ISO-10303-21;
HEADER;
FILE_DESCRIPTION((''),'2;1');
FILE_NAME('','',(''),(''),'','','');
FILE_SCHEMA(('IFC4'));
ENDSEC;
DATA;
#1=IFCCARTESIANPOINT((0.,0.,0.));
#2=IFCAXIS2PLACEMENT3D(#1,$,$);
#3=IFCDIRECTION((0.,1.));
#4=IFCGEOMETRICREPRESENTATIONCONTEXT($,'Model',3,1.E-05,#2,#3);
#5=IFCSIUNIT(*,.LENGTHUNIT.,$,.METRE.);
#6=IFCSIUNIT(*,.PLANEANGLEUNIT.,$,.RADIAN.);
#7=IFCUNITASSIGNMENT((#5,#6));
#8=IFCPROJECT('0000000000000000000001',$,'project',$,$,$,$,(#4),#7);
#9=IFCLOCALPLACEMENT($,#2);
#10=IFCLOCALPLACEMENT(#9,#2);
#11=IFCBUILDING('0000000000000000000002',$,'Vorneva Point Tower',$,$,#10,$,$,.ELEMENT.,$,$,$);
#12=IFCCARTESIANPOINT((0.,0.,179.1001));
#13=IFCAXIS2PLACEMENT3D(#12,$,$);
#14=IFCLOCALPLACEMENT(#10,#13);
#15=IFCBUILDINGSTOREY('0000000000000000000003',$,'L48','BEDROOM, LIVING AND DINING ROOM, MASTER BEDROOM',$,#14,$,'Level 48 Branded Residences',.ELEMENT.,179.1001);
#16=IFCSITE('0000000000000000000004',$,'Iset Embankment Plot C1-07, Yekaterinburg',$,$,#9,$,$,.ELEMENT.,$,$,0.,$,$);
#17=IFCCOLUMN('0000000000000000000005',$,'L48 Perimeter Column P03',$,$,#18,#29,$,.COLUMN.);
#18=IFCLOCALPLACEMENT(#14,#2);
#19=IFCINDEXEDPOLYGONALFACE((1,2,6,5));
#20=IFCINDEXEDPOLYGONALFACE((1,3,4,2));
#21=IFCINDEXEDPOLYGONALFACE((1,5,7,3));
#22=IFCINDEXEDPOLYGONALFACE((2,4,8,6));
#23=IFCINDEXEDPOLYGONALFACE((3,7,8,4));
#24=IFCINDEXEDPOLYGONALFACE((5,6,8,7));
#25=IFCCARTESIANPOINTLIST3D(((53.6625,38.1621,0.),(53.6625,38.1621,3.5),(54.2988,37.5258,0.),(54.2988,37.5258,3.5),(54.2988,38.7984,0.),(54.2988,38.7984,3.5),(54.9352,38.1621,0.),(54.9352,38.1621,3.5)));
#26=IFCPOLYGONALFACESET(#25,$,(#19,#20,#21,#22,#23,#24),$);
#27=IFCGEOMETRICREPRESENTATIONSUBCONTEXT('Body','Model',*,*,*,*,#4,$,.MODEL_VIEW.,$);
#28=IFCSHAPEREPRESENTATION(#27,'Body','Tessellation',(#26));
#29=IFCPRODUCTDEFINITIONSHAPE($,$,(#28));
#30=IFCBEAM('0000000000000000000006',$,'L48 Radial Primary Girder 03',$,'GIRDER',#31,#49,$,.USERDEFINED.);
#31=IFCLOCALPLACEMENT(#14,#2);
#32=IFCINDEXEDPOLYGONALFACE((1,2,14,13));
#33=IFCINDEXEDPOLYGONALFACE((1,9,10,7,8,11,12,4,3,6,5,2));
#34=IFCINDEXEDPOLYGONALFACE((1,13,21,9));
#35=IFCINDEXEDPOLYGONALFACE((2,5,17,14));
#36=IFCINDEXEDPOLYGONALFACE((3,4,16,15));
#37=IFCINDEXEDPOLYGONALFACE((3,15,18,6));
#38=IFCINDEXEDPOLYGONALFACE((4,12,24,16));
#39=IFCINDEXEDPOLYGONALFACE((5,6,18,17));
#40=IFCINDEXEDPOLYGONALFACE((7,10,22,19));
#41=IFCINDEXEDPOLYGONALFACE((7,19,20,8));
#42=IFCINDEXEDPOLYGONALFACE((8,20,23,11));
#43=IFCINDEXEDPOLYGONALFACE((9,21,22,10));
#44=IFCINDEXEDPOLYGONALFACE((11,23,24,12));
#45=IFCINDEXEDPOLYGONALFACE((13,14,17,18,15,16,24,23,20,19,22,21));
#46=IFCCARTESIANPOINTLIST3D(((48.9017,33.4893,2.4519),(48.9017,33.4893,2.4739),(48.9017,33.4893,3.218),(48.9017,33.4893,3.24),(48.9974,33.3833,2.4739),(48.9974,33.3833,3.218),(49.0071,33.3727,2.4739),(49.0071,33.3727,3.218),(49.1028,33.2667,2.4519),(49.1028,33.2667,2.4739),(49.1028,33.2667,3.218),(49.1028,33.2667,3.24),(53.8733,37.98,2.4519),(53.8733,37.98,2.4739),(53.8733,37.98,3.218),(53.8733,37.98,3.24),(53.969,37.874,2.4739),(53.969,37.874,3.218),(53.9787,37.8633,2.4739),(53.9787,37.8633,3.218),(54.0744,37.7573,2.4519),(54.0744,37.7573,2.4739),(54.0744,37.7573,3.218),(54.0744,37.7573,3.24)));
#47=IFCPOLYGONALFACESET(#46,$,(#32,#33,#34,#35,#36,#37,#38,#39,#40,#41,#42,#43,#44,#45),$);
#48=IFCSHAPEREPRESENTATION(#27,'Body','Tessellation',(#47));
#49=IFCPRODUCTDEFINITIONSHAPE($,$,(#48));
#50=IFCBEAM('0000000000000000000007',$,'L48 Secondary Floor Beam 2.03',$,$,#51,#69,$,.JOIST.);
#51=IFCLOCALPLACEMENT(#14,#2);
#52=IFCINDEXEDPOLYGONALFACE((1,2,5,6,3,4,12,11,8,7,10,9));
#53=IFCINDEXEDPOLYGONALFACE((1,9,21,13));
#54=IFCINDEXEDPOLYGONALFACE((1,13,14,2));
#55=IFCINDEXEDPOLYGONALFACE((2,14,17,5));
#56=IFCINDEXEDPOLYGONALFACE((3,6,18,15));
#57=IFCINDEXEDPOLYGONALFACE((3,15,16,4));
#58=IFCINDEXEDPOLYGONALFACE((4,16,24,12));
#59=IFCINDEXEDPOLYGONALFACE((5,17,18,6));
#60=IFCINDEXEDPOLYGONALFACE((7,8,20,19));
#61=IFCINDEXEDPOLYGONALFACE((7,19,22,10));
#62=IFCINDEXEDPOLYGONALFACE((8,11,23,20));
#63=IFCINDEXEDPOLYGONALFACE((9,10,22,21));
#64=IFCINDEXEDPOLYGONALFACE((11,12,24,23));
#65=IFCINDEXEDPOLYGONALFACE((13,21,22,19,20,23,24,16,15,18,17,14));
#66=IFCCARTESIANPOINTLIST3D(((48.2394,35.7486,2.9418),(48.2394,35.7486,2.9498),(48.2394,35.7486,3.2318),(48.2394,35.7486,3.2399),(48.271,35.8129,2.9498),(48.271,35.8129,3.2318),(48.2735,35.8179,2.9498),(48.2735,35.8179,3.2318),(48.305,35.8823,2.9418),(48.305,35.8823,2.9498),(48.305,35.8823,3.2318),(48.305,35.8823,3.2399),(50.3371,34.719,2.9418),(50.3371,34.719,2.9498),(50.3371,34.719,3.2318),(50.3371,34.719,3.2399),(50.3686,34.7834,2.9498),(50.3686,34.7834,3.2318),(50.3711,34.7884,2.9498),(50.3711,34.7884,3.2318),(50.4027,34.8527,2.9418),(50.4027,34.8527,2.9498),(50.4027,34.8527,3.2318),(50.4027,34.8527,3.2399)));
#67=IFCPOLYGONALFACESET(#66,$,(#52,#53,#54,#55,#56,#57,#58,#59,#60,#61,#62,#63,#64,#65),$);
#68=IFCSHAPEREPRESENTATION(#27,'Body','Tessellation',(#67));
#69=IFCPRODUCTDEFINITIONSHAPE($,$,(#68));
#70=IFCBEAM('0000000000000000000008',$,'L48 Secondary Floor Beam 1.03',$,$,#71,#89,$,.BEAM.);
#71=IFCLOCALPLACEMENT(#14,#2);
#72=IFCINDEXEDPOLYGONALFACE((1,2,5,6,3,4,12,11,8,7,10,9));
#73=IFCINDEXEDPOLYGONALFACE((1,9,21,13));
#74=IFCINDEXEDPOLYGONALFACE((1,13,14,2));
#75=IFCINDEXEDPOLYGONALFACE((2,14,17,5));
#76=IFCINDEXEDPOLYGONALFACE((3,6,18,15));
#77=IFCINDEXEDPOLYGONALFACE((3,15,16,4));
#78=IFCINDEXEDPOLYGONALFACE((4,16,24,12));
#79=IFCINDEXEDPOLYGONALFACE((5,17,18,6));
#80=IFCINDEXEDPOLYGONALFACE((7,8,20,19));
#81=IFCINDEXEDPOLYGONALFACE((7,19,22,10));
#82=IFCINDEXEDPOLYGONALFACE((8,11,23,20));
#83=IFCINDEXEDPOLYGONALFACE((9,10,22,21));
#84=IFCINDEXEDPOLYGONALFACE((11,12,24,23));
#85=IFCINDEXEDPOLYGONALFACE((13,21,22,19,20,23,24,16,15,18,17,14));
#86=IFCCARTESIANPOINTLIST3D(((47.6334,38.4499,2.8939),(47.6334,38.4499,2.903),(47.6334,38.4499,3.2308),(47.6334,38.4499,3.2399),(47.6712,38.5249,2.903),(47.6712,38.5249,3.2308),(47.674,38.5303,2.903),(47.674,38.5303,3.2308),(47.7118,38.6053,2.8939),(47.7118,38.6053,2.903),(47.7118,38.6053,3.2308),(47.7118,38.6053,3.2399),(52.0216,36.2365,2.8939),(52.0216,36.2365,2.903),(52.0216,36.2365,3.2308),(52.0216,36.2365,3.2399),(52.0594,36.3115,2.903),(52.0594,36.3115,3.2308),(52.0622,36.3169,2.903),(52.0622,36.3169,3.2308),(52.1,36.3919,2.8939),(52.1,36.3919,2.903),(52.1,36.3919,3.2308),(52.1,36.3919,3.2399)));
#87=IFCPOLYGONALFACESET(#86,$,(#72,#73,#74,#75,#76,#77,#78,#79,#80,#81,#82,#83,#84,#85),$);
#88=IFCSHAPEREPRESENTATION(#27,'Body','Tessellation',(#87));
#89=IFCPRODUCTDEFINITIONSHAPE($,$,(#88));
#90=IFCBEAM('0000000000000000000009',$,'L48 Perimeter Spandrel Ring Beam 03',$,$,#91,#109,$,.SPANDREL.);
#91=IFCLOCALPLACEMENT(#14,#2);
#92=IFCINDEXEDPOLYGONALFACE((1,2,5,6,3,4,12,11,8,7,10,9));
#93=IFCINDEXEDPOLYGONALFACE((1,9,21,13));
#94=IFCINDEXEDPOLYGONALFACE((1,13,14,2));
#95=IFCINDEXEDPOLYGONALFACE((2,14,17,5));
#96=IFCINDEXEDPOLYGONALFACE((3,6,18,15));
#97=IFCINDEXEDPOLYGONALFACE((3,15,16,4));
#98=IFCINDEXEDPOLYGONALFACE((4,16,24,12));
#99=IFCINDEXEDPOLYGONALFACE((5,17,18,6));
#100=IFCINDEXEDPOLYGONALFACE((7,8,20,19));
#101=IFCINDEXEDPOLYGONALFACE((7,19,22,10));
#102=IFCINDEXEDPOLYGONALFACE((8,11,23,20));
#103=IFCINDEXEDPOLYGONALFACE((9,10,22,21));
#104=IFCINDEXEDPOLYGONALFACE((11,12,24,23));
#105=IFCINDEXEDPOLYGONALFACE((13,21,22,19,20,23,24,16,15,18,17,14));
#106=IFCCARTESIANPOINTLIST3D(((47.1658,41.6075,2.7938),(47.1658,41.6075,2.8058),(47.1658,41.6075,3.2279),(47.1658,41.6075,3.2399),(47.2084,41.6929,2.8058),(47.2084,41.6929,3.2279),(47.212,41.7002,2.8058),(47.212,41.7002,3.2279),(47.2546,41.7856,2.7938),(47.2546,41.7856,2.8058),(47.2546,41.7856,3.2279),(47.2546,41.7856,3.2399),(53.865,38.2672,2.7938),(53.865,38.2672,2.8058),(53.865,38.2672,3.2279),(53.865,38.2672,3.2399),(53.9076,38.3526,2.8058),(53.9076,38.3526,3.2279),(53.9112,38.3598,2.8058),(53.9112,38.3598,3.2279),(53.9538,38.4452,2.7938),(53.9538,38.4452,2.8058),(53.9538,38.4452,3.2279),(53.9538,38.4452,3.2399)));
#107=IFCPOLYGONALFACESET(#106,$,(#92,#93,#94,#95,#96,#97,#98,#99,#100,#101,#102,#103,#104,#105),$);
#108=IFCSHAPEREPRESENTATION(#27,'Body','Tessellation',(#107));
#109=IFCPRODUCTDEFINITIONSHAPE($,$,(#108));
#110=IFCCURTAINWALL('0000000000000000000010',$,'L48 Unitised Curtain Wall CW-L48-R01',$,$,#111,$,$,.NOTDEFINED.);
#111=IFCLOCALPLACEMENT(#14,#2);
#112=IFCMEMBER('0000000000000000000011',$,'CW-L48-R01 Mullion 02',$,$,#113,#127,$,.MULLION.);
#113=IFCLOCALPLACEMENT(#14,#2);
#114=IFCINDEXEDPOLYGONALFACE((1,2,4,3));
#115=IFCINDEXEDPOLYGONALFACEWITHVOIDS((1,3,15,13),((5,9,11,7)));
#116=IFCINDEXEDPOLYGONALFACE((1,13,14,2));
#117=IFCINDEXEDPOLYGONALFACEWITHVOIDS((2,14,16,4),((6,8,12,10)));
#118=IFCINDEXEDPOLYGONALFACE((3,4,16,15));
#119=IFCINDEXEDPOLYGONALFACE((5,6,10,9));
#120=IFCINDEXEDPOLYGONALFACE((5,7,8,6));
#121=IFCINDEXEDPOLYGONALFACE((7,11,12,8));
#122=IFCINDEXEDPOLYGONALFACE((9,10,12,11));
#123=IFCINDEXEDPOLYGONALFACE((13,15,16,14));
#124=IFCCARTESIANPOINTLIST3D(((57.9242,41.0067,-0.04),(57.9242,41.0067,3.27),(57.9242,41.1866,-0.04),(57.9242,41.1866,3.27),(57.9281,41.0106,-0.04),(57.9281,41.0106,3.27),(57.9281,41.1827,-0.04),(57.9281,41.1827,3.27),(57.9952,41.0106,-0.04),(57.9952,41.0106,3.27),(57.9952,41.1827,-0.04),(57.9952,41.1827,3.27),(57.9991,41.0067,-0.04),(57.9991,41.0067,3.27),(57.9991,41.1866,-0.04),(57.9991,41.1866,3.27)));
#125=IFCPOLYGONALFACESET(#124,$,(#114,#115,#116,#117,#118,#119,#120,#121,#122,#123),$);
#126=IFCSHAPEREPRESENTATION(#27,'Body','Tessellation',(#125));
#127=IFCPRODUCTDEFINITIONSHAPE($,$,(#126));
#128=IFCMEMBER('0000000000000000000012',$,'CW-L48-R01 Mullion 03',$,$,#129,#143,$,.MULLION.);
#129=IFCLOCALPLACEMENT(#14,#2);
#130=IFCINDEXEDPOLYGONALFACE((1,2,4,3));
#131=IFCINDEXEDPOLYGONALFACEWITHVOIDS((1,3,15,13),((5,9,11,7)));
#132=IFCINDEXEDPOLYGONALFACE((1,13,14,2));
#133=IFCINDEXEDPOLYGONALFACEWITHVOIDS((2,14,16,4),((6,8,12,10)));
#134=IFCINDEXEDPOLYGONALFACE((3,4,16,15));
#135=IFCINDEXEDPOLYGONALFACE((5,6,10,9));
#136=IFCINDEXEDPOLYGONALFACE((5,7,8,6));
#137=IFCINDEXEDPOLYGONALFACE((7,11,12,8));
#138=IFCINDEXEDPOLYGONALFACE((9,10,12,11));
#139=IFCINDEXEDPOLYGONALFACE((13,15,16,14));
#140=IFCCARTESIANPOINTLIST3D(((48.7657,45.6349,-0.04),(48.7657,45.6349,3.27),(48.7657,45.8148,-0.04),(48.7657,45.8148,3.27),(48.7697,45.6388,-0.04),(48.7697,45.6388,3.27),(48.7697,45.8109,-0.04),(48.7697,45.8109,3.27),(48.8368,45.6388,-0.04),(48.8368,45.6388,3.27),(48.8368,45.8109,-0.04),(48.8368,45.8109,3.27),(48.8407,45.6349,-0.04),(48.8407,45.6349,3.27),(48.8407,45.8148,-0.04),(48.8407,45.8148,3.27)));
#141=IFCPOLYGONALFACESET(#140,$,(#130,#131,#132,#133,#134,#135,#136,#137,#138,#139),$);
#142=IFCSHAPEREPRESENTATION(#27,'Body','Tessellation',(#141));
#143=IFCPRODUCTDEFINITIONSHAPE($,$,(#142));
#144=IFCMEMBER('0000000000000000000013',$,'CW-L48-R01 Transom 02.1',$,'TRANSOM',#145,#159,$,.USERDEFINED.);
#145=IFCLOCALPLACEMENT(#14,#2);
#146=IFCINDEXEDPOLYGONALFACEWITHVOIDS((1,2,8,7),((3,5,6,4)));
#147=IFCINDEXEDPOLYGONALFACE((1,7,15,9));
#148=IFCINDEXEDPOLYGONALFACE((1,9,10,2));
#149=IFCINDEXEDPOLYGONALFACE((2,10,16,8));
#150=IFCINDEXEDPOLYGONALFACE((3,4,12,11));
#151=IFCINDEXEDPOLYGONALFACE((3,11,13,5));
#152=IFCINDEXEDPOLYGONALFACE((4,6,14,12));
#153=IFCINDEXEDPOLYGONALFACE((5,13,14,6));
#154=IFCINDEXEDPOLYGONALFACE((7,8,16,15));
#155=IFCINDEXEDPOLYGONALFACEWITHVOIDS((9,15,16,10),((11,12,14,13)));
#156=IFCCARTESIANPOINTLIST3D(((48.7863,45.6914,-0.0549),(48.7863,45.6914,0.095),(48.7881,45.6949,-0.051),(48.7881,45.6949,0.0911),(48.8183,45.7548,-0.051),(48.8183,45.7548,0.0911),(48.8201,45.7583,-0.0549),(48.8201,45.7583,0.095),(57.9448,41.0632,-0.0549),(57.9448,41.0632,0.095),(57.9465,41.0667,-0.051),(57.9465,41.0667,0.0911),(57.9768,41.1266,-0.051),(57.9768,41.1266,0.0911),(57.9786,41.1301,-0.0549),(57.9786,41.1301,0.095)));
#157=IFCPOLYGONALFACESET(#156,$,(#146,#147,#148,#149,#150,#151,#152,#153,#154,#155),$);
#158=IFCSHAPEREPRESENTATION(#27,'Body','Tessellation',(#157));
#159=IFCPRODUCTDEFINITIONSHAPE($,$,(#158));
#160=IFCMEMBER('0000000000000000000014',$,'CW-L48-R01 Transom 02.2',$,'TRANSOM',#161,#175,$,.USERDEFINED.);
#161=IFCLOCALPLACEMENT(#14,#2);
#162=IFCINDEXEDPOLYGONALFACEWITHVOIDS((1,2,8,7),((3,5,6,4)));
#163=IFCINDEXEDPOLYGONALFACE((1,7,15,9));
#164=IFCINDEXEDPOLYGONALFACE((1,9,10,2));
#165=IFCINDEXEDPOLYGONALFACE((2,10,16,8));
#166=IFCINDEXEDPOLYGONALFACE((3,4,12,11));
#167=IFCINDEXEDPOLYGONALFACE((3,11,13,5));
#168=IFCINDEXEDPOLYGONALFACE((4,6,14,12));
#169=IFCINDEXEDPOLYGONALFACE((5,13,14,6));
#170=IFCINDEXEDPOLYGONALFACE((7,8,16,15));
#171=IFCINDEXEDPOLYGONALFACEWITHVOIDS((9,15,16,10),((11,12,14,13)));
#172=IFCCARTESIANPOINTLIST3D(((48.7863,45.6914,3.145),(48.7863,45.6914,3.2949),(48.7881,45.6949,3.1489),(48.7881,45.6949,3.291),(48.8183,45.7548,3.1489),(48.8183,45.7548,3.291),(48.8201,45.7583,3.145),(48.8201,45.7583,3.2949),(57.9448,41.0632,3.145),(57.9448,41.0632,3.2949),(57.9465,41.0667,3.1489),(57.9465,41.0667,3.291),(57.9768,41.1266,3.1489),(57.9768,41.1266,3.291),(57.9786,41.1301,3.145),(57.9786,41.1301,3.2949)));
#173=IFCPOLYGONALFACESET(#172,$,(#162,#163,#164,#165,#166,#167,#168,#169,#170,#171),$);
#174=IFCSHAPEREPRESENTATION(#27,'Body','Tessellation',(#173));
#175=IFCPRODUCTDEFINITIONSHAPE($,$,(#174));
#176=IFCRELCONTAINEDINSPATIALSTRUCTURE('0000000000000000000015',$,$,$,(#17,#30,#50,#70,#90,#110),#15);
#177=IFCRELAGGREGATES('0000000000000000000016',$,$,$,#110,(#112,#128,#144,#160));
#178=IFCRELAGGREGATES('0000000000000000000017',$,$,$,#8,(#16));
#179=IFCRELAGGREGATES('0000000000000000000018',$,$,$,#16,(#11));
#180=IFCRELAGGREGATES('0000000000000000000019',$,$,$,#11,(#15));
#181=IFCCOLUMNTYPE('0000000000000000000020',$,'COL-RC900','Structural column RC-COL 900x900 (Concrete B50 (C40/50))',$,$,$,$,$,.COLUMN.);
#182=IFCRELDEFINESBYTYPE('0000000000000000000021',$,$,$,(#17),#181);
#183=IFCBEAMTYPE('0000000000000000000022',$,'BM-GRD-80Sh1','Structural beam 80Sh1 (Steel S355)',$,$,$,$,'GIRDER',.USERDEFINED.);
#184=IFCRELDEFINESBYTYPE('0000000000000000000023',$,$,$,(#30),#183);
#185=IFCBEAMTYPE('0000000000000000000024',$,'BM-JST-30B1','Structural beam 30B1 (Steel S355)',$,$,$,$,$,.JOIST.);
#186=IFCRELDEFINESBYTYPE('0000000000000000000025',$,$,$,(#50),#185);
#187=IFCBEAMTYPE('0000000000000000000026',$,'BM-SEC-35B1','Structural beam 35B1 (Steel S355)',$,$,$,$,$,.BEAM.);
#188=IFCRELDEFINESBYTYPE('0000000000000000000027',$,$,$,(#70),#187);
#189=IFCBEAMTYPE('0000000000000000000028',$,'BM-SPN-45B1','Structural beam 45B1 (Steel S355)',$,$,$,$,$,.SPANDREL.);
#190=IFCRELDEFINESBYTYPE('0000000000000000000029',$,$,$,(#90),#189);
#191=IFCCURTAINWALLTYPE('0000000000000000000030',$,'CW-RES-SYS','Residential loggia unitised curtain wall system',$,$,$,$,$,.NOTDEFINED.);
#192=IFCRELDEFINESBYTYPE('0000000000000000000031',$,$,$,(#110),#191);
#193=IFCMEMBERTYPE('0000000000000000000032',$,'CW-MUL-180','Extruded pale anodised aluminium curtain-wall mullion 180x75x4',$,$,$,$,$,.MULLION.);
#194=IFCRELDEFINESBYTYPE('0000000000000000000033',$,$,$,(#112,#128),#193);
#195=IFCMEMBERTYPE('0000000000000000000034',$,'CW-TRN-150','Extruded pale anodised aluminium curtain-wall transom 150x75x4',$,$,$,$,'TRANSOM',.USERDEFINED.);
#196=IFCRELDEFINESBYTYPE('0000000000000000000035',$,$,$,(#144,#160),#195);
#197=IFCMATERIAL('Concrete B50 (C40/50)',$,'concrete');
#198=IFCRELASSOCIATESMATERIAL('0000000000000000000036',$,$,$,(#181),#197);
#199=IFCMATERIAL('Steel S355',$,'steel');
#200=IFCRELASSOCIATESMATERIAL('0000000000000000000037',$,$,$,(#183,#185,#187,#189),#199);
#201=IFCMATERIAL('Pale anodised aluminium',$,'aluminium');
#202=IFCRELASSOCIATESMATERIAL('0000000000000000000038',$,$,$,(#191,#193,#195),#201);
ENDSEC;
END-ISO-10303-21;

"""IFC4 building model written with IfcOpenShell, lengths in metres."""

from ifc_helpers import new_model, si_unit, direction, frame, origin, origin_2d, place, context, subcontext, project, spatial, rectangle, hollow_rectangle, i_section, extrude, material, material_profile, profile_set, type_object, element, aggregate, save


model = new_model("IFC4")

# Units and contexts
model_context = context("Model", 3, precision=1e-05, world=origin(), true_north=direction((0.0, 1.0)))
body_context = subcontext(model_context, "Body", "Model", "MODEL_VIEW")
ifc_project = project(units=[si_unit("LENGTHUNIT", "METRE"), si_unit("PLANEANGLEUNIT", "RADIAN")], contexts=[model_context])

# Site, building, storey
site_placement = place(None, origin())
site = spatial("IfcSite", under=ifc_project, at=site_placement, Name="Iset Embankment Plot C1-07, Yekaterinburg", CompositionType="ELEMENT", RefElevation=0.0)
building_placement = place(site_placement, origin())
building = spatial("IfcBuilding", under=site, at=building_placement, Name="Vorneva Point Tower", CompositionType="ELEMENT")
storey_placement = place(building_placement, frame((0.0, 0.0, 179.1001)))
storey = spatial("IfcBuildingStorey", under=building, at=storey_placement, Name="L48", Description="BEDROOM, LIVING AND DINING ROOM, MASTER BEDROOM", LongName="Level 48 Branded Residences", CompositionType="ELEMENT", Elevation=179.1001)

# Column
ifc_material_1 = material(Name="Concrete B50 (C40/50)", Category="concrete")
ifc_material_profile_1 = material_profile(ifc_material_1, rectangle(XDim=0.8999, YDim=0.8999, at=origin_2d()), Name="RC-COL 900x900")
ifc_profile_set_1 = profile_set([ifc_material_profile_1], Name="Concrete B50 (C40/50)")
column_type = type_object("IfcColumnType", Name="COL-RC900", Description="Structural column RC-COL 900x900 (Concrete B50 (C40/50))", PredefinedType="COLUMN", material=ifc_profile_set_1)
column_placement = place(storey_placement, frame((54.2988, 38.1621, 0.0), z_axis=(0.0, 0.0, 1.0), x_axis=(0.707107, 0.707107, 0.0)))
element("IfcColumn", 1, at=column_placement, inside=storey, type_object=column_type, Name="L48 Perimeter Column P03", PredefinedType="COLUMN", context=body_context, shape_type="SweptSolid", body=[
    extrude(rectangle(XDim=0.8999, YDim=0.8999, at=origin_2d()), origin(), (0.0, 0.0, 1.0), 3.5),
])

# Beams
ifc_material_2 = material(Name="Steel S355", Category="steel")
ifc_material_profile_2 = material_profile(ifc_material_2, i_section(OverallWidth=0.3, OverallDepth=0.7881, WebThickness=0.0144, FlangeThickness=0.022, at=origin_2d()), Name="80Sh1")
ifc_profile_set_2 = profile_set([ifc_material_profile_2], Name="Steel S355")
beam_type_1 = type_object("IfcBeamType", Name="BM-GRD-80Sh1", Description="Structural beam 80Sh1 (Steel S355)", ElementType="GIRDER", PredefinedType="USERDEFINED", material=ifc_profile_set_2)
beam_1_placement = place(storey_placement, frame((53.9739, 37.8687, 2.8459), z_axis=(-0.74209, -0.670301, 0.0), x_axis=(0.670301, -0.74209, 0.0)))
element("IfcBeam", 2, at=beam_1_placement, inside=storey, type_object=beam_type_1, Name="L48 Radial Primary Girder 03", ObjectType="GIRDER", PredefinedType="USERDEFINED", context=body_context, shape_type="SweptSolid", body=[
    extrude(i_section(OverallWidth=0.3, OverallDepth=0.7881, WebThickness=0.0144, FlangeThickness=0.022, at=origin_2d()), origin(), (0.0, 0.0, 1.0), 6.6995),
])
ifc_material_profile_3 = material_profile(ifc_material_2, i_section(OverallWidth=0.1489, OverallDepth=0.2981, WebThickness=0.0056, FlangeThickness=0.0081, at=origin_2d()), Name="30B1")
ifc_profile_set_3 = profile_set([ifc_material_profile_3], Name="Steel S355")
beam_type_2 = type_object("IfcBeamType", Name="BM-JST-30B1", Description="Structural beam 30B1 (Steel S355)", PredefinedType="JOIST", material=ifc_profile_set_3)
beam_2_placement = place(storey_placement, frame((50.3699, 34.7859, 3.0908), z_axis=(-0.897704, 0.440598, 0.0), x_axis=(-0.440598, -0.897704, 0.0)))
element("IfcBeam", 3, at=beam_2_placement, inside=storey, type_object=beam_type_2, Name="L48 Secondary Floor Beam 2.03", PredefinedType="JOIST", context=body_context, shape_type="SweptSolid", body=[
    extrude(i_section(OverallWidth=0.1489, OverallDepth=0.2981, WebThickness=0.0056, FlangeThickness=0.0081, at=origin_2d()), origin(), (0.0, 0.0, 1.0), 2.3367),
])
ifc_material_profile_4 = material_profile(ifc_material_2, i_section(OverallWidth=0.1741, OverallDepth=0.3459, WebThickness=0.0061, FlangeThickness=0.009, at=origin_2d()), Name="35B1")
ifc_profile_set_4 = profile_set([ifc_material_profile_4], Name="Steel S355")
beam_type_3 = type_object("IfcBeamType", Name="BM-SEC-35B1", Description="Structural beam 35B1 (Steel S355)", PredefinedType="BEAM", material=ifc_profile_set_4)
beam_3_placement = place(storey_placement, frame((52.0608, 36.3142, 3.0669), z_axis=(-0.892852, 0.45035, 0.0), x_axis=(-0.45035, -0.892852, 0.0)))
element("IfcBeam", 4, at=beam_3_placement, inside=storey, type_object=beam_type_3, Name="L48 Secondary Floor Beam 1.03", PredefinedType="BEAM", context=body_context, shape_type="SweptSolid", body=[
    extrude(i_section(OverallWidth=0.1741, OverallDepth=0.3459, WebThickness=0.0061, FlangeThickness=0.009, at=origin_2d()), origin(), (0.0, 0.0, 1.0), 4.9148),
])
ifc_material_profile_5 = material_profile(ifc_material_2, i_section(OverallWidth=0.199, OverallDepth=0.446, WebThickness=0.0081, FlangeThickness=0.012, at=origin_2d()), Name="45B1")
ifc_profile_set_5 = profile_set([ifc_material_profile_5], Name="Steel S355")
beam_type_4 = type_object("IfcBeamType", Name="BM-SPN-45B1", Description="Structural beam 45B1 (Steel S355)", PredefinedType="SPANDREL", material=ifc_profile_set_5)
beam_4_placement = place(storey_placement, frame((53.9094, 38.3562, 3.0168), z_axis=(-0.894922, 0.446222, 0.0), x_axis=(-0.446222, -0.894922, 0.0)))
element("IfcBeam", 5, at=beam_4_placement, inside=storey, type_object=beam_type_4, Name="L48 Perimeter Spandrel Ring Beam 03", PredefinedType="SPANDREL", context=body_context, shape_type="SweptSolid", body=[
    extrude(i_section(OverallWidth=0.199, OverallDepth=0.446, WebThickness=0.0081, FlangeThickness=0.012, at=origin_2d()), origin(), (0.0, 0.0, 1.0), 7.4858),
])

# Curtain wall, members
ifc_material_3 = material(Name="Pale anodised aluminium", Category="aluminium")
curtain_wall_type = type_object("IfcCurtainWallType", Name="CW-RES-SYS", Description="Residential loggia unitised curtain wall system", PredefinedType="NOTDEFINED", material=ifc_material_3)
curtain_wall_placement = place(storey_placement, origin())
curtain_wall = element("IfcCurtainWall", 6, at=curtain_wall_placement, inside=storey, type_object=curtain_wall_type, Name="L48 Unitised Curtain Wall CW-L48-R01", PredefinedType="NOTDEFINED")
ifc_material_profile_6 = material_profile(ifc_material_3, hollow_rectangle(XDim=0.075, YDim=0.1799, WallThickness=0.0039, at=origin_2d()), Name="AL-MUL 180x75x4")
ifc_profile_set_6 = profile_set([ifc_material_profile_6], Name="Pale anodised aluminium")
member_type_1 = type_object("IfcMemberType", Name="CW-MUL-180", Description="Extruded pale anodised aluminium curtain-wall mullion 180x75x4", PredefinedType="MULLION", material=ifc_profile_set_6)
member_1_placement = place(storey_placement, frame((57.9617, 41.0967, -0.04), z_axis=(0.0, 0.0, 1.0), x_axis=(1.0, 0.0, 0.0)))
member_1 = element("IfcMember", 7, at=member_1_placement, type_object=member_type_1, Name="CW-L48-R01 Mullion 02", PredefinedType="MULLION", context=body_context, shape_type="SweptSolid", body=[
    extrude(hollow_rectangle(XDim=0.075, YDim=0.1799, WallThickness=0.0039, at=origin_2d()), origin(), (0.0, 0.0, 1.0), 3.3101),
])
member_2_placement = place(storey_placement, frame((48.8032, 45.7249, -0.04), z_axis=(0.0, 0.0, 1.0), x_axis=(1.0, 0.0, 0.0)))
member_2 = element("IfcMember", 8, at=member_2_placement, type_object=member_type_1, Name="CW-L48-R01 Mullion 03", PredefinedType="MULLION", context=body_context, shape_type="SweptSolid", body=[
    extrude(hollow_rectangle(XDim=0.075, YDim=0.1799, WallThickness=0.0039, at=origin_2d()), origin(), (0.0, 0.0, 1.0), 3.3101),
])
ifc_material_profile_7 = material_profile(ifc_material_3, hollow_rectangle(XDim=0.075, YDim=0.1499, WallThickness=0.0039, at=origin_2d()), Name="AL-TRN 150x75x4")
ifc_profile_set_7 = profile_set([ifc_material_profile_7], Name="Pale anodised aluminium")
member_type_2 = type_object("IfcMemberType", Name="CW-TRN-150", Description="Extruded pale anodised aluminium curtain-wall transom 150x75x4", ElementType="TRANSOM", PredefinedType="USERDEFINED", material=ifc_profile_set_7)
member_3_placement = place(storey_placement, frame((57.9617, 41.0967, 0.02), z_axis=(-0.892511, 0.451026, 0.0), x_axis=(-0.451026, -0.892511, 0.0)))
member_3 = element("IfcMember", 9, at=member_3_placement, type_object=member_type_2, Name="CW-L48-R01 Transom 02.1", ObjectType="TRANSOM", PredefinedType="USERDEFINED", context=body_context, shape_type="SweptSolid", body=[
    extrude(hollow_rectangle(XDim=0.075, YDim=0.1499, WallThickness=0.0039, at=origin_2d()), origin(), (0.0, 0.0, 1.0), 10.2615),
])
member_4_placement = place(storey_placement, frame((57.9617, 41.0967, 3.22), z_axis=(-0.892511, 0.451026, 0.0), x_axis=(-0.451026, -0.892511, 0.0)))
member_4 = element("IfcMember", 10, at=member_4_placement, type_object=member_type_2, Name="CW-L48-R01 Transom 02.2", ObjectType="TRANSOM", PredefinedType="USERDEFINED", context=body_context, shape_type="SweptSolid", body=[
    extrude(hollow_rectangle(XDim=0.075, YDim=0.1499, WallThickness=0.0039, at=origin_2d()), origin(), (0.0, 0.0, 1.0), 10.2615),
])
aggregate(curtain_wall, [member_1, member_2, member_3, member_4])

save(model, "model.ifc")
